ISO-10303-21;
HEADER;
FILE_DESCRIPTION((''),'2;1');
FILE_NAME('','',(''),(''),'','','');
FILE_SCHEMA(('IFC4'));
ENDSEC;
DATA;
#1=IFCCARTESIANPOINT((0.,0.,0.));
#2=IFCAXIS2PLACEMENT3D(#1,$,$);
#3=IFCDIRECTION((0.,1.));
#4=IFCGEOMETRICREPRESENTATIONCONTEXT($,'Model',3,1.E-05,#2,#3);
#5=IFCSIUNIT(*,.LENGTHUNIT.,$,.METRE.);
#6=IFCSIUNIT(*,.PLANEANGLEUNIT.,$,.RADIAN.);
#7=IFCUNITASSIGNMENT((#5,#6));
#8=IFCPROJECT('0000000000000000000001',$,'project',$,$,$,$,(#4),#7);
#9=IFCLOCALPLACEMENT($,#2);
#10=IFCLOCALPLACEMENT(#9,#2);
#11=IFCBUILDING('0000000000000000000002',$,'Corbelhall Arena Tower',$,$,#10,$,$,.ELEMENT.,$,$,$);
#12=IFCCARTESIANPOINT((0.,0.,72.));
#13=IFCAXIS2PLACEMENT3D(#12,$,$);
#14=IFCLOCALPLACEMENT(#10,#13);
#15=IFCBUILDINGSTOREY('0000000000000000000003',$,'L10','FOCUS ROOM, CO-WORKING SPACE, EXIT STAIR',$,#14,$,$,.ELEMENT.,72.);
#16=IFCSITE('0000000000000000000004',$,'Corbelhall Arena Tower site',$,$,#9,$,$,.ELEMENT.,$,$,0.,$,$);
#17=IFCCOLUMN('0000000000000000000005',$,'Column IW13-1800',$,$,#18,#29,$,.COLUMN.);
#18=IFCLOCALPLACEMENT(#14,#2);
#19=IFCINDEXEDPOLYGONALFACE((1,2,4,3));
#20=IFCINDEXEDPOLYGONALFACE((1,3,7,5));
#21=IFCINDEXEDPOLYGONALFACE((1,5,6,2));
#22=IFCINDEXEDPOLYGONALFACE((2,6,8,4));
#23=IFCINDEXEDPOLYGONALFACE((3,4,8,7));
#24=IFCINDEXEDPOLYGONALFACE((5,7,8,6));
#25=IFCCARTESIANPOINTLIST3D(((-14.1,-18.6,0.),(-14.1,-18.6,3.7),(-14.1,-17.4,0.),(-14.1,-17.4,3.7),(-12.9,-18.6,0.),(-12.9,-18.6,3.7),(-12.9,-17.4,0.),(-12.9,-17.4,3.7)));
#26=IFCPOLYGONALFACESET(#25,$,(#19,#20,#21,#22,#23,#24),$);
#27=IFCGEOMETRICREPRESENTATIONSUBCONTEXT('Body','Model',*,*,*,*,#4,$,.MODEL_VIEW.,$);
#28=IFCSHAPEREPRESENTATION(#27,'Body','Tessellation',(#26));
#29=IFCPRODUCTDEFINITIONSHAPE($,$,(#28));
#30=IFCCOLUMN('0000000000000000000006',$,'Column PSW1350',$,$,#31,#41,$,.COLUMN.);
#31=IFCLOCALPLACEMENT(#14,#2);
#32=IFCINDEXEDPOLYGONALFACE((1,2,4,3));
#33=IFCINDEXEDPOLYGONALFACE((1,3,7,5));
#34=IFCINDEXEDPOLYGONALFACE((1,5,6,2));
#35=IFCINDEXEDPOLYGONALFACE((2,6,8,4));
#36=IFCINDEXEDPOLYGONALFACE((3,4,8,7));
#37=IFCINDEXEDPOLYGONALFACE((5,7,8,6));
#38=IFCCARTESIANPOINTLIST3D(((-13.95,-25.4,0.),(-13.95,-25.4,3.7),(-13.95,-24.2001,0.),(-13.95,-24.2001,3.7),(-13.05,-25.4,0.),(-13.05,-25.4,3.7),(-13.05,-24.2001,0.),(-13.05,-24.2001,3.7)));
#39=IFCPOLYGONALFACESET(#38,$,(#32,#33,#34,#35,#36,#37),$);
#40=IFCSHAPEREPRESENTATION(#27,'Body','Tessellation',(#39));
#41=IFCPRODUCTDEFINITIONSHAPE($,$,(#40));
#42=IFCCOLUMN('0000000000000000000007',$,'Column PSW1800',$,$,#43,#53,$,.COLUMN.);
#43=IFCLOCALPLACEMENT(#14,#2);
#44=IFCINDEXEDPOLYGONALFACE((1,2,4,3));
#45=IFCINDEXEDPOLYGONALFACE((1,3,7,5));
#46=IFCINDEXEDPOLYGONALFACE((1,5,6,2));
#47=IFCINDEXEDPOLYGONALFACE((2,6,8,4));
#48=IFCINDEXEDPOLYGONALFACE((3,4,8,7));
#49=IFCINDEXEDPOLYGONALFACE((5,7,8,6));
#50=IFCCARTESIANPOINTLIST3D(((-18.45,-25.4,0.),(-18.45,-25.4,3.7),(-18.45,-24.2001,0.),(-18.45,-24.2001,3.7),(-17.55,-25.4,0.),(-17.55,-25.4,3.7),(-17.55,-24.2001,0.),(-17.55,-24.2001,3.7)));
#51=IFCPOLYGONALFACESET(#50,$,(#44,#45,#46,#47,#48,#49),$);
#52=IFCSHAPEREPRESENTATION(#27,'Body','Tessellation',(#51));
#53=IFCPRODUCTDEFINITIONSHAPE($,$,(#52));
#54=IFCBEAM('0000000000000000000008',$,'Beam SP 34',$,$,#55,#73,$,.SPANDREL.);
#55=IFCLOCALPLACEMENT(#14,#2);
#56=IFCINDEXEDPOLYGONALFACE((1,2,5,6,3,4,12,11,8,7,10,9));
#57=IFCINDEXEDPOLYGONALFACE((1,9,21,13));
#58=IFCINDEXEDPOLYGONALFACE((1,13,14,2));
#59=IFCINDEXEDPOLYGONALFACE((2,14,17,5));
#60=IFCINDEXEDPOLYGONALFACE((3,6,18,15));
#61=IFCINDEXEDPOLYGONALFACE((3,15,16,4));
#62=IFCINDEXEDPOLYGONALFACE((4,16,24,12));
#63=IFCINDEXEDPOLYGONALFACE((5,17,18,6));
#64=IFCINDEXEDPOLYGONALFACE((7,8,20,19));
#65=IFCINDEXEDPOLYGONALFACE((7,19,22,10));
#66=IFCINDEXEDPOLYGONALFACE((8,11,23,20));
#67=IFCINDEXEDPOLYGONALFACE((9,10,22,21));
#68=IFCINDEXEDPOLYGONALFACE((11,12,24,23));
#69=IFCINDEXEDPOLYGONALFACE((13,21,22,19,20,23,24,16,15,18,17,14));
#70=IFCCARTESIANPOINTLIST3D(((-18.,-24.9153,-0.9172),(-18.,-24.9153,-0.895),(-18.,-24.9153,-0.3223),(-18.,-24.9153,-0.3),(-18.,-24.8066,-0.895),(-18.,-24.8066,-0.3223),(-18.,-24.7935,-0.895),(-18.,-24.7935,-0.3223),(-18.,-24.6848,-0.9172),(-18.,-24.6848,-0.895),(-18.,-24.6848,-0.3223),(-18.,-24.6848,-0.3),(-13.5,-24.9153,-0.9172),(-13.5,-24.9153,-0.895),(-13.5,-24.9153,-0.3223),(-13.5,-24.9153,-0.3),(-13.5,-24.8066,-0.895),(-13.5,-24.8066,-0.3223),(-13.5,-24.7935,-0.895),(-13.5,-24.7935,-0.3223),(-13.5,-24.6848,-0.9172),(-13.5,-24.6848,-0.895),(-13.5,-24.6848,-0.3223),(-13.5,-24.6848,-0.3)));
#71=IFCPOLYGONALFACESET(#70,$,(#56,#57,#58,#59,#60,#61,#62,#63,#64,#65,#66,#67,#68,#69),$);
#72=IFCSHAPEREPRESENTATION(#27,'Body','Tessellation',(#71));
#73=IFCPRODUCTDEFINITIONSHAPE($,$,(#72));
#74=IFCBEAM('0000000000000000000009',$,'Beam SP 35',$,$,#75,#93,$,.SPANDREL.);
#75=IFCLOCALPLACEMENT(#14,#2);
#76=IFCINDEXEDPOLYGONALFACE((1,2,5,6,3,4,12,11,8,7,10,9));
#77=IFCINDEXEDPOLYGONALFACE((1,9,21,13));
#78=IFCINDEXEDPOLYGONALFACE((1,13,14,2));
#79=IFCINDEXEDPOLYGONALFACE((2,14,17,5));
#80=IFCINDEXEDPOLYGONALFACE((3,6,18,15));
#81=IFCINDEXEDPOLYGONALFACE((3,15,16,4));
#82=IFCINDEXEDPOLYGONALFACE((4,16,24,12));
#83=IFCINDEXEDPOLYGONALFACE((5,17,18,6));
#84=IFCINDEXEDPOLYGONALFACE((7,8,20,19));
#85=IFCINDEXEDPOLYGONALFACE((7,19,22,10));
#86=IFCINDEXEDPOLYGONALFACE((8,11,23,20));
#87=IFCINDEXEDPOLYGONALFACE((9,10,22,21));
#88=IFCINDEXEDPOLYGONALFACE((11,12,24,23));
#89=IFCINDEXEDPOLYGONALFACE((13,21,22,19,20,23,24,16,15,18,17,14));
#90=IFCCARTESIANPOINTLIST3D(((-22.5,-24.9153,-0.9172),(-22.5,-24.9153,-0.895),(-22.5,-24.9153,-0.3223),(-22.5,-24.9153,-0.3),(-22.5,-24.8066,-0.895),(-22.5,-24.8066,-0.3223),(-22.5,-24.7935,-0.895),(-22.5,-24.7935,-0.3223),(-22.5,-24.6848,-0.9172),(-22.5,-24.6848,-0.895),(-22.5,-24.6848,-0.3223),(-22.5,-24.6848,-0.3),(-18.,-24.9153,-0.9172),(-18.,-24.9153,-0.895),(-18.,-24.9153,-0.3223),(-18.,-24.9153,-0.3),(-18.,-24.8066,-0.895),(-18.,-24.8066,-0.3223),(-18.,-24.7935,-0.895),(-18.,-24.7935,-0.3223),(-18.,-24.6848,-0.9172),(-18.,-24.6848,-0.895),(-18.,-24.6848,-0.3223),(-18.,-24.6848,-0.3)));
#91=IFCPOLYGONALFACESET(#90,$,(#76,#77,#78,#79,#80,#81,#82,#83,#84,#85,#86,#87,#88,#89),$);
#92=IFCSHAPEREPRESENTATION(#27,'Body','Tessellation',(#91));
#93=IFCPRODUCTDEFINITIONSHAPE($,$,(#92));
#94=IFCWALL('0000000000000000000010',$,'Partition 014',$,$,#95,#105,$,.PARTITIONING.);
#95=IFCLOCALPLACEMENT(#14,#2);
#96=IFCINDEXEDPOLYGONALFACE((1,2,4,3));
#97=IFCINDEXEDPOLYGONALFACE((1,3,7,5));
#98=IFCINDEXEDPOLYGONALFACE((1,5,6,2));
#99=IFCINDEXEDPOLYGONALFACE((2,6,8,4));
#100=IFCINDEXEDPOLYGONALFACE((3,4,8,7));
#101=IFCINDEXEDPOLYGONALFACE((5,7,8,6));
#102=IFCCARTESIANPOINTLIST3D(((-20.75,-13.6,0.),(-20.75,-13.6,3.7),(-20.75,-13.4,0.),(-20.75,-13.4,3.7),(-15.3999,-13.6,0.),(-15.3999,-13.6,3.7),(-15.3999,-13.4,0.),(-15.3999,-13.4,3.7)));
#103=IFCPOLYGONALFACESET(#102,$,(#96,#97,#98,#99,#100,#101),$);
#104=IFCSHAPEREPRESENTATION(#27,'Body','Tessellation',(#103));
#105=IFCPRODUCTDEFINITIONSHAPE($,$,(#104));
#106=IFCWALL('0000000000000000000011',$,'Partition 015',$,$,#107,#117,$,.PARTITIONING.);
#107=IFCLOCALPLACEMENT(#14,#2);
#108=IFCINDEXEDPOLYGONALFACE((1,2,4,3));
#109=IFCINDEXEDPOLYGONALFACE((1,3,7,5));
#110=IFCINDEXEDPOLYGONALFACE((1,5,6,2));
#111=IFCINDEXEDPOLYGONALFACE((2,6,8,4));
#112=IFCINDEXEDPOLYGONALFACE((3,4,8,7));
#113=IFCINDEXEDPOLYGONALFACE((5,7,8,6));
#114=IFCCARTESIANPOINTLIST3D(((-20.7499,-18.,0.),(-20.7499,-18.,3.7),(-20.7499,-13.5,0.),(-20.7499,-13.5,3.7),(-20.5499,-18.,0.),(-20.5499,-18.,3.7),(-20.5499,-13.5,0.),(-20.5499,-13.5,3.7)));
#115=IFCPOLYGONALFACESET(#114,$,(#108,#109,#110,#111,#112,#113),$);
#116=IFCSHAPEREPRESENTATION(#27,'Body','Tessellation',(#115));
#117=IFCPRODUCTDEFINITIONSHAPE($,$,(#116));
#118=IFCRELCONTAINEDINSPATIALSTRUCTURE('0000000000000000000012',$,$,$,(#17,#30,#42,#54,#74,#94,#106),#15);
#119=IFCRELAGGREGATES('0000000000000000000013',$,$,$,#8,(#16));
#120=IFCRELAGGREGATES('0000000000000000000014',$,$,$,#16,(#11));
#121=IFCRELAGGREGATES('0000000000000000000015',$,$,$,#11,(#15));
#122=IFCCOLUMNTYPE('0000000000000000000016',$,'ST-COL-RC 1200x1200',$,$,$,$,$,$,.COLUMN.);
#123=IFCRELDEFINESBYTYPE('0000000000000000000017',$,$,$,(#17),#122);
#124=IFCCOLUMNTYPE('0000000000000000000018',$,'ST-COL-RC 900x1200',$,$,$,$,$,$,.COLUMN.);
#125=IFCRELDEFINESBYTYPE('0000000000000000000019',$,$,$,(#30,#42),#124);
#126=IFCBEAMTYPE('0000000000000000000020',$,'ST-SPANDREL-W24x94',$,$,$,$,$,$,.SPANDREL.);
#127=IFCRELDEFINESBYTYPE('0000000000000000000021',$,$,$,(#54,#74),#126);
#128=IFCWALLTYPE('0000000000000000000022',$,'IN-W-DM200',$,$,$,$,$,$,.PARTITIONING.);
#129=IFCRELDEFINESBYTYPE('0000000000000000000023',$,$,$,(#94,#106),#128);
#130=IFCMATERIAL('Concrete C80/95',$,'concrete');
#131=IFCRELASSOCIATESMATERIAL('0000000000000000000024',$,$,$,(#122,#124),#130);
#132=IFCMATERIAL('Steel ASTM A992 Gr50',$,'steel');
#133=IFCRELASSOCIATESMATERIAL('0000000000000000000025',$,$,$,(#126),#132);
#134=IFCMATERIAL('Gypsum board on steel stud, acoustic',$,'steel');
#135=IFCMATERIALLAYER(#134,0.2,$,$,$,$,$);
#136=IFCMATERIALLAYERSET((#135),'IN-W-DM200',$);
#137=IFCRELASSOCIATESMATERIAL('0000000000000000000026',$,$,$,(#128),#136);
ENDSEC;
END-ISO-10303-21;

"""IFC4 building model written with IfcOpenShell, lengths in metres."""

from ifc_helpers import new_model, si_unit, direction, frame, frame_2d, origin, origin_2d, place, context, subcontext, project, spatial, rectangle, i_section, extrude, material, layer, layer_set, material_profile, profile_set, type_object, element, save


model = new_model("IFC4")

# Units and contexts
model_context = context("Model", 3, precision=1e-05, world=origin(), true_north=direction((0.0, 1.0)))
body_context = subcontext(model_context, "Body", "Model", "MODEL_VIEW")
ifc_project = project(units=[si_unit("LENGTHUNIT", "METRE"), si_unit("PLANEANGLEUNIT", "RADIAN")], contexts=[model_context])

# Site, building, storey
site_placement = place(None, origin())
site = spatial("IfcSite", under=ifc_project, at=site_placement, Name="Corbelhall Arena Tower site", CompositionType="ELEMENT", RefElevation=0.0)
building_placement = place(site_placement, origin())
building = spatial("IfcBuilding", under=site, at=building_placement, Name="Corbelhall Arena Tower", CompositionType="ELEMENT")
storey_placement = place(building_placement, frame((0.0, 0.0, 72.0)))
storey = spatial("IfcBuildingStorey", under=building, at=storey_placement, Name="L10", Description="FOCUS ROOM, CO-WORKING SPACE, EXIT STAIR", CompositionType="ELEMENT", Elevation=72.0)

# Columns
ifc_material_1 = material(Name="Concrete C80/95", Category="concrete")
ifc_material_profile_1 = material_profile(ifc_material_1, rectangle(XDim=1.2, YDim=1.2, at=origin_2d()))
ifc_profile_set_1 = profile_set([ifc_material_profile_1], Name="Concrete C80/95")
column_type_1 = type_object("IfcColumnType", Name="ST-COL-RC 1200x1200", PredefinedType="COLUMN", material=ifc_profile_set_1)
column_placement = place(storey_placement, frame((-13.5, -18.0, 0.0), z_axis=(0.0, 0.0, 1.0), x_axis=(1.0, 0.0, 0.0)))
element("IfcColumn", 1, at=column_placement, inside=storey, type_object=column_type_1, Name="Column IW13-1800", PredefinedType="COLUMN", context=body_context, shape_type="SweptSolid", body=[
    extrude(rectangle(XDim=1.2, YDim=1.2, at=origin_2d()), origin(), (0.0, 0.0, 1.0), 3.7),
])
ifc_material_profile_2 = material_profile(ifc_material_1, rectangle(XDim=0.8999, YDim=1.2, at=origin_2d()))
ifc_profile_set_2 = profile_set([ifc_material_profile_2], Name="Concrete C80/95")
column_type_2 = type_object("IfcColumnType", Name="ST-COL-RC 900x1200", PredefinedType="COLUMN", material=ifc_profile_set_2)
for number, where, z_axis, x_axis, name in (
    (2, (-13.5, -24.8, 0.0), (0.0, 0.0, 1.0), (1.0, 0.0, 0.0), "Column PSW1350"),
    (3, (-18.0, -24.8, 0.0), (0.0, 0.0, 1.0), (1.0, 0.0, 0.0), "Column PSW1800"),
):
    element("IfcColumn", number, at=place(storey_placement, frame(where, z_axis=z_axis, x_axis=x_axis)), inside=storey, type_object=column_type_2, Name=name, PredefinedType="COLUMN", context=body_context, shape_type="SweptSolid", body=[
        extrude(rectangle(XDim=0.8999, YDim=1.2, at=origin_2d()), origin(), (0.0, 0.0, 1.0), 3.7),
    ])

# Beams
ifc_material_2 = material(Name="Steel ASTM A992 Gr50", Category="steel")
ifc_material_profile_3 = material_profile(ifc_material_2, i_section(OverallWidth=0.2305, OverallDepth=0.6172, WebThickness=0.0132, FlangeThickness=0.0222, at=origin_2d()))
ifc_profile_set_3 = profile_set([ifc_material_profile_3], Name="Steel ASTM A992 Gr50")
beam_type = type_object("IfcBeamType", Name="ST-SPANDREL-W24x94", PredefinedType="SPANDREL", material=ifc_profile_set_3)
for number, where, z_axis, x_axis, name in (
    (4, (-13.5, -24.8, -0.6086), (-1.0, 0.0, 0.0), (0.0, -1.0, 0.0), "Beam SP 34"),
    (5, (-18.0, -24.8, -0.6086), (-1.0, 0.0, 0.0), (0.0, -1.0, 0.0), "Beam SP 35"),
):
    element("IfcBeam", number, at=place(storey_placement, frame(where, z_axis=z_axis, x_axis=x_axis)), inside=storey, type_object=beam_type, Name=name, PredefinedType="SPANDREL", context=body_context, shape_type="SweptSolid", body=[
        extrude(i_section(OverallWidth=0.2305, OverallDepth=0.6172, WebThickness=0.0132, FlangeThickness=0.0222, at=origin_2d()), origin(), (0.0, 0.0, 1.0), 4.5),
    ])

# Walls
ifc_material_3 = material(Name="Gypsum board on steel stud, acoustic", Category="steel")
ifc_layer_1 = layer(ifc_material_3, 0.2)
ifc_layer_set_1 = layer_set([ifc_layer_1], Name="IN-W-DM200")
wall_type_1 = type_object("IfcWallType", Name="IN-W-DM200", PredefinedType="PARTITIONING", material=ifc_layer_set_1)
wall_1_placement = place(storey_placement, frame((-20.75, -13.5, 0.0), z_axis=(0.0, 0.0, 1.0), x_axis=(1.0, 0.0, 0.0)))
element("IfcWall", 6, at=wall_1_placement, inside=storey, type_object=wall_type_1, Name="Partition 014", PredefinedType="PARTITIONING", context=body_context, shape_type="SweptSolid", body=[
    extrude(rectangle(XDim=5.3501, YDim=0.2, at=frame_2d((2.675, 0.0))), origin(), (0.0, 0.0, 1.0), 3.7),
])
wall_2_placement = place(storey_placement, frame((-20.6499, -18.0, 0.0), z_axis=(0.0, 0.0, 1.0), x_axis=(0.0, 1.0, 0.0)))
element("IfcWall", 7, at=wall_2_placement, inside=storey, type_object=wall_type_1, Name="Partition 015", PredefinedType="PARTITIONING", context=body_context, shape_type="SweptSolid", body=[
    extrude(rectangle(XDim=4.5, YDim=0.2, at=frame_2d((2.25, 0.0))), origin(), (0.0, 0.0, 1.0), 3.7),
])

save(model, "model.ifc")
